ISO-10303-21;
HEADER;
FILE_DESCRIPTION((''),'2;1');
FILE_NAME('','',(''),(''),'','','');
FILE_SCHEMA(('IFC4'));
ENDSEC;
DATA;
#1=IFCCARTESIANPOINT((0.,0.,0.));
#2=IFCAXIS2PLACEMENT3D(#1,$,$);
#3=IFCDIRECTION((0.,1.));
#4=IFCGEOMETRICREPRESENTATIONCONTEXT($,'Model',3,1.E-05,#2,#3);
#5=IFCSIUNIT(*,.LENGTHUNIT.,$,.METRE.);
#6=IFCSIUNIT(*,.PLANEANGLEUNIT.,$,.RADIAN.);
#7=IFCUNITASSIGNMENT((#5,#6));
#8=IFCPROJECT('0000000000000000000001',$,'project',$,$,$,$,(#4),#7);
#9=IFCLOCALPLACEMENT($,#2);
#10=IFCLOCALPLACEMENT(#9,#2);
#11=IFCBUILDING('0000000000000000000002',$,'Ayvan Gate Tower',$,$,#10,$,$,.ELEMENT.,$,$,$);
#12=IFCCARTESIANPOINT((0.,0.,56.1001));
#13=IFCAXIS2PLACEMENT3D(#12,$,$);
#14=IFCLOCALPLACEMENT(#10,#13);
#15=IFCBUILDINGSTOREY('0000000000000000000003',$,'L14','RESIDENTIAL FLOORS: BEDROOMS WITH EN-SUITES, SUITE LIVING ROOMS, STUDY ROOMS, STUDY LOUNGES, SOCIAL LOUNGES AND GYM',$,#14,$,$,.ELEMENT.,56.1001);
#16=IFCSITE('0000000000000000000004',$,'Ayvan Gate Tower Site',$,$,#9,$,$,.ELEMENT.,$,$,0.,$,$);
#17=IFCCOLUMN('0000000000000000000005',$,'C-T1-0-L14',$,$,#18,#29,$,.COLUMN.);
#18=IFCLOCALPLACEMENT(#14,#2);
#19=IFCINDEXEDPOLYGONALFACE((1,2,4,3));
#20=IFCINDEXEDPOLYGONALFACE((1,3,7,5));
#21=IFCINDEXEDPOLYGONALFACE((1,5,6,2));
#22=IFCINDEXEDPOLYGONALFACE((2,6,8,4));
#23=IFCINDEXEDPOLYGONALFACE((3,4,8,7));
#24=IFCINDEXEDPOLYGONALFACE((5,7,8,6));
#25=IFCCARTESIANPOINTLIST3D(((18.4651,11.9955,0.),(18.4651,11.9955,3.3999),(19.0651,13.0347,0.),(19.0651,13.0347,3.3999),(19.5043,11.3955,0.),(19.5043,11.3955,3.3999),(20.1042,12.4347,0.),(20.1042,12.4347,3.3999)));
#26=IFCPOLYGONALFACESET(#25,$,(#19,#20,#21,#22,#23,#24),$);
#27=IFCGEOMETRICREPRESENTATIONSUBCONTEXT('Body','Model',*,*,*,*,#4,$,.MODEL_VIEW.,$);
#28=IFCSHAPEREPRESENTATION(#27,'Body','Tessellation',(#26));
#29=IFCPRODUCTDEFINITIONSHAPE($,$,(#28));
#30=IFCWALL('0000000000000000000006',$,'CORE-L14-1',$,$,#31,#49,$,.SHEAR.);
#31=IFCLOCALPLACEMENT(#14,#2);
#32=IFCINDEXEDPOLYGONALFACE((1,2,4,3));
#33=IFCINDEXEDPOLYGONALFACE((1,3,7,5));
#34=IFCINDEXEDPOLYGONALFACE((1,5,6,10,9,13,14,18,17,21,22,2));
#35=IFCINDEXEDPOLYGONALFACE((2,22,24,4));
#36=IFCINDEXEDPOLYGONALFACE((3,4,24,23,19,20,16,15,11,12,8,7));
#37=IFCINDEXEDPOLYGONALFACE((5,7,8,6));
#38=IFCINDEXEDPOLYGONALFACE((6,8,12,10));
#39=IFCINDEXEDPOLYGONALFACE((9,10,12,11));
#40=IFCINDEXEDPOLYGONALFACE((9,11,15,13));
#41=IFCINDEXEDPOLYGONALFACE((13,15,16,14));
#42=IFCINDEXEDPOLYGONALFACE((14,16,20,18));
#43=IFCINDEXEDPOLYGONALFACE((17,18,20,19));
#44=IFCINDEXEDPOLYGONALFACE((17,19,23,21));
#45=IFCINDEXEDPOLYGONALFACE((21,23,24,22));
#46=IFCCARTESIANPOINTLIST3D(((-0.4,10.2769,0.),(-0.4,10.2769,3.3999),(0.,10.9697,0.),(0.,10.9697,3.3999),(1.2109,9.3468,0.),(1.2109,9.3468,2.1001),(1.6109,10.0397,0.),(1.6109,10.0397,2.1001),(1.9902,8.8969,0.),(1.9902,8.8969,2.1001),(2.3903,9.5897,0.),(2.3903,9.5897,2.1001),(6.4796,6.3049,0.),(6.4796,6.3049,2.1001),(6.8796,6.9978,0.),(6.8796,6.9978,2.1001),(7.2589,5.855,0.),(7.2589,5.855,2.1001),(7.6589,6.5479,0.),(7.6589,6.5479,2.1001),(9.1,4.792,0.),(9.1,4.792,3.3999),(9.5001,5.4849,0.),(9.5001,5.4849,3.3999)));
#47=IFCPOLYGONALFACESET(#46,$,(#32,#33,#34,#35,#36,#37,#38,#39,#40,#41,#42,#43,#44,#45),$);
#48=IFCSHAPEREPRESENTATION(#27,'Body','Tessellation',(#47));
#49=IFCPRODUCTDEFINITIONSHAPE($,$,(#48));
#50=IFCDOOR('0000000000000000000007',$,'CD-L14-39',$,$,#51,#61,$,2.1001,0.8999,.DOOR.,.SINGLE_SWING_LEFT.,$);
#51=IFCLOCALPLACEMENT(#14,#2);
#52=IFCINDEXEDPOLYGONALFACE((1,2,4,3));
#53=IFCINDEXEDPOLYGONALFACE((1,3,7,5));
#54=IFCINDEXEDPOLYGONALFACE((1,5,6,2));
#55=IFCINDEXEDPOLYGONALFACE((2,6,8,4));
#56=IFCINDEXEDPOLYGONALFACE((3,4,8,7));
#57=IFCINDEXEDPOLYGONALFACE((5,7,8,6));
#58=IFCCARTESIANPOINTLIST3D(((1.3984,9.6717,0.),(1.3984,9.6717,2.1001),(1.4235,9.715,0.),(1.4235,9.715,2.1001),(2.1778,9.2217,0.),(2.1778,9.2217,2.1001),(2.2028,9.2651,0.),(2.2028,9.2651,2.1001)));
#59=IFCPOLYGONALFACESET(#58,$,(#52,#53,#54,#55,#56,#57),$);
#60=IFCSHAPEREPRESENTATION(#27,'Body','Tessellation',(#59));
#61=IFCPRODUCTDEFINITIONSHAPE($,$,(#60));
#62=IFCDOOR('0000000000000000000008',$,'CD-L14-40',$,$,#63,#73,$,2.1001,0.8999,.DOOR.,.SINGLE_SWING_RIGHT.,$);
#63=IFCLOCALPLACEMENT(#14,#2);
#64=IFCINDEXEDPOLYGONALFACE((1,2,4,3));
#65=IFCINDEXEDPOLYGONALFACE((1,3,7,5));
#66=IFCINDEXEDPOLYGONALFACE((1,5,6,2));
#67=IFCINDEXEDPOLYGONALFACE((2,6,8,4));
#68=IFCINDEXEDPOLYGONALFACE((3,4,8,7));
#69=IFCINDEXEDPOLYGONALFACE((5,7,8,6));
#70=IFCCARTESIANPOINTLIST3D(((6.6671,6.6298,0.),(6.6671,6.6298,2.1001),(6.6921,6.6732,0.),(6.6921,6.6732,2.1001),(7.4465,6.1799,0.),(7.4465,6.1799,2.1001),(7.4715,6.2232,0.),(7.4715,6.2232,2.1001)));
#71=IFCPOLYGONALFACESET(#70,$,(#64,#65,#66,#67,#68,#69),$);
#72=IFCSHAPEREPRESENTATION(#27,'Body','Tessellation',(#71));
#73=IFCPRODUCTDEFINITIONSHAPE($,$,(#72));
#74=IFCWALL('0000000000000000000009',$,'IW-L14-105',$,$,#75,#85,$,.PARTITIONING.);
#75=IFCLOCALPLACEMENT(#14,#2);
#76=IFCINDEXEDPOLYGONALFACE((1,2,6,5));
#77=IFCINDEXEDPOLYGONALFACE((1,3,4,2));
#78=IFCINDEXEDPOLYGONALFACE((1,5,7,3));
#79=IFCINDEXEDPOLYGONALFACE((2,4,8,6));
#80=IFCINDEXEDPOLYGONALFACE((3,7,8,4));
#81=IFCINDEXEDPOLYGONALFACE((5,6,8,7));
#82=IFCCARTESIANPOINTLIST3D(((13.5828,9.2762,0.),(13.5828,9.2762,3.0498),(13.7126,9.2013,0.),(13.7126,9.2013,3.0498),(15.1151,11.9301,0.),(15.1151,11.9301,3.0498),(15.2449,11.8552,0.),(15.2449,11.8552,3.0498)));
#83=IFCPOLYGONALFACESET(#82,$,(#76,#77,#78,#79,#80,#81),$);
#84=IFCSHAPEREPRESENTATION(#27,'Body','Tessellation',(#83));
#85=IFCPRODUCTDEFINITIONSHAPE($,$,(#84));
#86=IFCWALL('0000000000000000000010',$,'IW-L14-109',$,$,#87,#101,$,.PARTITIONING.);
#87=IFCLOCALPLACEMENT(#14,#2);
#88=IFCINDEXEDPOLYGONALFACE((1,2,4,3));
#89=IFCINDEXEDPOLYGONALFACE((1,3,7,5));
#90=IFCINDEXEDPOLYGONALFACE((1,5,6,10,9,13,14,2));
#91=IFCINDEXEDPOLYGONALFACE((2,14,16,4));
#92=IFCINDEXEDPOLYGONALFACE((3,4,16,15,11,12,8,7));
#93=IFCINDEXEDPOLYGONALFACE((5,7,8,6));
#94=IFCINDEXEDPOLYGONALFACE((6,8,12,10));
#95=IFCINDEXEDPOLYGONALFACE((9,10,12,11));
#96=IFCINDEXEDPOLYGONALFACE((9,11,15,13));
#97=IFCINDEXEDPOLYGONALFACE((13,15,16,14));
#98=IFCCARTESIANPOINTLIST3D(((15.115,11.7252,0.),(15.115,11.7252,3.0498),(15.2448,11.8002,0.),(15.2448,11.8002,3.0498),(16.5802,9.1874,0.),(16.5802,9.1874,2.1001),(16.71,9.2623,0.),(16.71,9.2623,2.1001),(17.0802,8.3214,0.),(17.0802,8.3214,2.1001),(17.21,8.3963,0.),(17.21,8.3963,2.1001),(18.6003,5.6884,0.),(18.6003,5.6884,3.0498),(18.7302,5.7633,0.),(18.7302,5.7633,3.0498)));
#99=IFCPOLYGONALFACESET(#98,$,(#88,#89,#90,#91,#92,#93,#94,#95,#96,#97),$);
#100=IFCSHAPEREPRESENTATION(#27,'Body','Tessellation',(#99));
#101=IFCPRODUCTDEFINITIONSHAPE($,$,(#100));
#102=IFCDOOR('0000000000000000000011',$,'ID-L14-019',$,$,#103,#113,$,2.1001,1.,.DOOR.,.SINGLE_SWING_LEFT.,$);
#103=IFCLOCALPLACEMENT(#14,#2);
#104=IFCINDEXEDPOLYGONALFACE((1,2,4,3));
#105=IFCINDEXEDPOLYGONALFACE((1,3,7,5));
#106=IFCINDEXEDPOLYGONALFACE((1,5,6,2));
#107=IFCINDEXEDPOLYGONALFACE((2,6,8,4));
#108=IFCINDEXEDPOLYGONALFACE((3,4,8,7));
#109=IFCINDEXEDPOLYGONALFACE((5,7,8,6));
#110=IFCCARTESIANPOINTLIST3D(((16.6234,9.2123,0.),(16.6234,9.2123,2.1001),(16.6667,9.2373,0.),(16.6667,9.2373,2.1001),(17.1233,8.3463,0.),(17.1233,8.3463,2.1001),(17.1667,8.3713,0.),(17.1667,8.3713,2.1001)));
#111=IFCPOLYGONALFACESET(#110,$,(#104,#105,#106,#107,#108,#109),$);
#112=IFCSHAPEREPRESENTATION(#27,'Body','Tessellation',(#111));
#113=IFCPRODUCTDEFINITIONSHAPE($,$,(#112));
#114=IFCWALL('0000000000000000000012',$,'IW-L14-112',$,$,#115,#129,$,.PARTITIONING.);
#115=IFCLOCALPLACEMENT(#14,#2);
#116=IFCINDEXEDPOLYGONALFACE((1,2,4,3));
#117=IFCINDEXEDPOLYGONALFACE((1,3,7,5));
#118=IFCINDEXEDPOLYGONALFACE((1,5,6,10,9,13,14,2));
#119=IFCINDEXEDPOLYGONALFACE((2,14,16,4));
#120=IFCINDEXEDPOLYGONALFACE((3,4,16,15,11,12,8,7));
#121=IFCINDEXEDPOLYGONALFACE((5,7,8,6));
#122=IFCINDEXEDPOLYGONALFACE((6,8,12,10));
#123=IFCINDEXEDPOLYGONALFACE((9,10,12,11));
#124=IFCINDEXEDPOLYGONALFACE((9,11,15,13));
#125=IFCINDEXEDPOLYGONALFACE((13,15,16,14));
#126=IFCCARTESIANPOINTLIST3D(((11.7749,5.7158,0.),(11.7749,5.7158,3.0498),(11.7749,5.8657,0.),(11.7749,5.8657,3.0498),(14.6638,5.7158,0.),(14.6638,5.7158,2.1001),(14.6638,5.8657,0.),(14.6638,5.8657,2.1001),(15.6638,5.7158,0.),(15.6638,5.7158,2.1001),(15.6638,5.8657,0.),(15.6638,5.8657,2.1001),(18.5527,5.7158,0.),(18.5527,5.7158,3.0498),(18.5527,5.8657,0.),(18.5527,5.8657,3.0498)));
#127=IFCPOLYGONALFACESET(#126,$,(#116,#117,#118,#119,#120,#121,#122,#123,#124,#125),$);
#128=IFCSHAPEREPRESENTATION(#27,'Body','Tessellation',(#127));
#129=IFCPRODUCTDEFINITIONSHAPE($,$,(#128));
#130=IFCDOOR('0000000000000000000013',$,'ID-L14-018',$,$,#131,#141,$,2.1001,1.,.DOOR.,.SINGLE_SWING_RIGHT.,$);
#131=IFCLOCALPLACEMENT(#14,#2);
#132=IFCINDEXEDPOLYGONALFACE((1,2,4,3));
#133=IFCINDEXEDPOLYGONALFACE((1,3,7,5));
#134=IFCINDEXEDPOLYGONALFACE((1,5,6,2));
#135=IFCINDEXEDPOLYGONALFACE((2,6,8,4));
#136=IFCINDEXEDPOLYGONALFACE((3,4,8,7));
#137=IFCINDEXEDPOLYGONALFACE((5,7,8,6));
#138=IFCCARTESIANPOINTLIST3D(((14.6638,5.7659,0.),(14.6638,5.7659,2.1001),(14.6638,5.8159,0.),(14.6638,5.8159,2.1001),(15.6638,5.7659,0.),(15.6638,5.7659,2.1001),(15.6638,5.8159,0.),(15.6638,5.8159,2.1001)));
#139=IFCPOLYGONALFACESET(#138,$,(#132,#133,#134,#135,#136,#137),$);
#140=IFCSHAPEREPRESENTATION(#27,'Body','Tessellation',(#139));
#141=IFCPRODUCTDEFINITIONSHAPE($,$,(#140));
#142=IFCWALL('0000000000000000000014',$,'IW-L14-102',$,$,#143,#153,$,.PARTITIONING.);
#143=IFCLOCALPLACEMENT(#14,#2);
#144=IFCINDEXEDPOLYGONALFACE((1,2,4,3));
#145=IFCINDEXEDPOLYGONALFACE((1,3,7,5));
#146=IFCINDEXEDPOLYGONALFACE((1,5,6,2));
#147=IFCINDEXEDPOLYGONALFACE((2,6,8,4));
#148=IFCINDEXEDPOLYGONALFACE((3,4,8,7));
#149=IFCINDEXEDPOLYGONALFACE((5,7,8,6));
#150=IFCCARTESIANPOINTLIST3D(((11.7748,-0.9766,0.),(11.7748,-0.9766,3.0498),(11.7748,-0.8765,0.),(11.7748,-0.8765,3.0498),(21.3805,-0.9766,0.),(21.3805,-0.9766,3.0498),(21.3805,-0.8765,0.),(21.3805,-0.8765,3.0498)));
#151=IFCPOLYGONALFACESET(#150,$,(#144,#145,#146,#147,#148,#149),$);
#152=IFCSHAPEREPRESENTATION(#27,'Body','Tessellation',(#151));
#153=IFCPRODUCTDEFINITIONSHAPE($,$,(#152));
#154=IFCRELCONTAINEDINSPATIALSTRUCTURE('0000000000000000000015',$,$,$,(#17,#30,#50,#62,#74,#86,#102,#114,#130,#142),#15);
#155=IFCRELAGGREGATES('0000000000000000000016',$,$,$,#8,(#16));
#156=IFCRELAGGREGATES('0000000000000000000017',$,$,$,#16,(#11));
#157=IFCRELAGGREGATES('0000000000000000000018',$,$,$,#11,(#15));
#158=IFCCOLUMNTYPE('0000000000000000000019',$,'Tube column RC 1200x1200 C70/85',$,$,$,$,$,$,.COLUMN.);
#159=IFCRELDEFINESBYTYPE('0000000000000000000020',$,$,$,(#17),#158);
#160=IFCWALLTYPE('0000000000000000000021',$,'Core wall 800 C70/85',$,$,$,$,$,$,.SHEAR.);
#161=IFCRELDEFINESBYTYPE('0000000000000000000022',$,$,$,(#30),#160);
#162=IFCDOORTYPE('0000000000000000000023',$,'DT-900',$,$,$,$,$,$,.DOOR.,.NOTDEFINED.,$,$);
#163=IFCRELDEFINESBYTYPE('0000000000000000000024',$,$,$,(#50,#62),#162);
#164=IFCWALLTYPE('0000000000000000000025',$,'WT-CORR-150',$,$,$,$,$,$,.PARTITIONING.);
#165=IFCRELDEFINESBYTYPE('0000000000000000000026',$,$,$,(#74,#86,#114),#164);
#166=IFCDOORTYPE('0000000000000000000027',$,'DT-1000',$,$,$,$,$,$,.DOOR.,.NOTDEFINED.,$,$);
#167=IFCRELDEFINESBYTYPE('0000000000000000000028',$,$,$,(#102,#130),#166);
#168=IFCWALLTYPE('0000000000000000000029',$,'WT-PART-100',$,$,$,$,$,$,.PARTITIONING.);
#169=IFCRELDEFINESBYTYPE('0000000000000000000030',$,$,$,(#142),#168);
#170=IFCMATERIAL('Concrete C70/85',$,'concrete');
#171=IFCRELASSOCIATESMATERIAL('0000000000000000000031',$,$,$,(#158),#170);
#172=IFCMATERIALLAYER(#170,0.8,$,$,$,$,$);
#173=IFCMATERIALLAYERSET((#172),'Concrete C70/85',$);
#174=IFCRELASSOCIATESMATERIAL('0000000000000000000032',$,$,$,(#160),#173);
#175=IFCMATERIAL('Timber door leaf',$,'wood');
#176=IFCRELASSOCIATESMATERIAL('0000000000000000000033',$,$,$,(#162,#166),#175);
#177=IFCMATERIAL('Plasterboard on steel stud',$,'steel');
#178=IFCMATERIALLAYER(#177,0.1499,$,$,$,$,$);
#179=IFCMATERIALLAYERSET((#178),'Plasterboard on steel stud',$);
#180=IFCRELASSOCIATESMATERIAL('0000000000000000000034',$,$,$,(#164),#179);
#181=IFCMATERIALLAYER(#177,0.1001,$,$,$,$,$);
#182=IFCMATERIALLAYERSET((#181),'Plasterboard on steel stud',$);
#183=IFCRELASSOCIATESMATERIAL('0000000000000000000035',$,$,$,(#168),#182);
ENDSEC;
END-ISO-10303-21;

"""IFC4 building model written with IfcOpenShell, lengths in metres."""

from ifc_helpers import new_model, si_unit, direction, frame, frame_2d, origin, origin_2d, place, context, subcontext, project, spatial, rectangle, extrude, material, layer, layer_set, material_profile, profile_set, type_object, element, fill, save


model = new_model("IFC4")

# Units and contexts
model_context = context("Model", 3, precision=1e-05, world=origin(), true_north=direction((0.0, 1.0)))
body_context = subcontext(model_context, "Body", "Model", "MODEL_VIEW")
ifc_project = project(units=[si_unit("LENGTHUNIT", "METRE"), si_unit("PLANEANGLEUNIT", "RADIAN")], contexts=[model_context])

# Site, building, storey
site_placement = place(None, origin())
site = spatial("IfcSite", under=ifc_project, at=site_placement, Name="Ayvan Gate Tower Site", CompositionType="ELEMENT", RefElevation=0.0)
building_placement = place(site_placement, origin())
building = spatial("IfcBuilding", under=site, at=building_placement, Name="Ayvan Gate Tower", CompositionType="ELEMENT")
storey_placement = place(building_placement, frame((0.0, 0.0, 56.1001)))
storey = spatial("IfcBuildingStorey", under=building, at=storey_placement, Name="L14", Description="RESIDENTIAL FLOORS: BEDROOMS WITH EN-SUITES, SUITE LIVING ROOMS, STUDY ROOMS, STUDY LOUNGES, SOCIAL LOUNGES AND GYM", CompositionType="ELEMENT", Elevation=56.1001)

# Column
ifc_material_1 = material(Name="Concrete C70/85", Category="concrete")
ifc_material_profile = material_profile(ifc_material_1, rectangle(XDim=1.2, YDim=1.2, at=origin_2d()), Name="RC 1200x1200")
ifc_profile_set = profile_set([ifc_material_profile], Name="Concrete C70/85")
column_type = type_object("IfcColumnType", Name="Tube column RC 1200x1200 C70/85", PredefinedType="COLUMN", material=ifc_profile_set)
column_placement = place(storey_placement, frame((19.2847, 12.2151, 0.0), z_axis=(0.0, 0.0, 1.0), x_axis=(0.5, 0.866025, 0.0)))
element("IfcColumn", 1, at=column_placement, inside=storey, type_object=column_type, Name="C-T1-0-L14", PredefinedType="COLUMN", context=body_context, shape_type="SweptSolid", body=[
    extrude(rectangle(XDim=1.2, YDim=1.2, at=origin_2d()), origin(), (0.0, 0.0, 1.0), 3.3999),
])

# Wall, openings, doors
ifc_layer_1 = layer(ifc_material_1, 0.8)
ifc_layer_set_1 = layer_set([ifc_layer_1], Name="Concrete C70/85")
wall_type_1 = type_object("IfcWallType", Name="Core wall 800 C70/85", PredefinedType="SHEAR", material=ifc_layer_set_1)
wall_1_placement = place(storey_placement, frame((9.3, 5.1384, 0.0), z_axis=(0.0, 0.0, 1.0), x_axis=(-0.866024, 0.500002, 0.0)))
wall_1 = element("IfcWall", 2, at=wall_1_placement, inside=storey, type_object=wall_type_1, Name="CORE-L14-1", PredefinedType="SHEAR", context=body_context, shape_type="SweptSolid", body=[
    extrude(rectangle(XDim=10.9697, YDim=0.8, at=frame_2d((5.4849, 0.0))), origin(), (0.0, 0.0, 1.0), 3.3999),
])
opening_1_placement = place(wall_1_placement, frame((8.2097, 0.0, 0.0)))
opening_1 = element("IfcOpeningElement", 3, at=opening_1_placement, cuts=wall_1, PredefinedType="OPENING", context=body_context, shape_type="SweptSolid", body=[
    extrude(rectangle(XDim=0.8999, YDim=2.1001, at=frame_2d((0.45, 1.05))), frame((0.0, 0.4099, 0.0), z_axis=(0.0, -1.0, 0.0), x_axis=(1.0, 0.0, 0.0)), (0.0, 0.0, 1.0), 0.8201),
])
opening_2_placement = place(wall_1_placement, frame((2.126, 0.0, 0.0)))
opening_2 = element("IfcOpeningElement", 4, at=opening_2_placement, cuts=wall_1, PredefinedType="OPENING", context=body_context, shape_type="SweptSolid", body=[
    extrude(rectangle(XDim=0.8999, YDim=2.1001, at=frame_2d((0.45, 1.05))), frame((0.0, 0.4099, 0.0), z_axis=(0.0, -1.0, 0.0), x_axis=(1.0, 0.0, 0.0)), (0.0, 0.0, 1.0), 0.8201),
])
ifc_material_2 = material(Name="Timber door leaf", Category="wood")
door_type_1 = type_object("IfcDoorType", Name="DT-900", OperationType="NOTDEFINED", PredefinedType="DOOR", material=ifc_material_2)
door_1_placement = place(opening_1_placement, origin())
door_1 = element("IfcDoor", 5, at=door_1_placement, inside=storey, type_object=door_type_1, Name="CD-L14-39", OperationType="SINGLE_SWING_LEFT", OverallHeight=2.1001, OverallWidth=0.8999, PredefinedType="DOOR", context=body_context, shape_type="SweptSolid", body=[
    extrude(rectangle(XDim=0.8999, YDim=2.1001, at=frame_2d((0.45, 1.05))), frame((0.0, 0.0249, 0.0), z_axis=(0.0, -1.0, 0.0), x_axis=(1.0, 0.0, 0.0)), (0.0, 0.0, 1.0), 0.05),
])
fill(opening_1, door_1)
door_2_placement = place(opening_2_placement, origin())
door_2 = element("IfcDoor", 6, at=door_2_placement, inside=storey, type_object=door_type_1, Name="CD-L14-40", OperationType="SINGLE_SWING_RIGHT", OverallHeight=2.1001, OverallWidth=0.8999, PredefinedType="DOOR", context=body_context, shape_type="SweptSolid", body=[
    extrude(rectangle(XDim=0.8999, YDim=2.1001, at=frame_2d((0.45, 1.05))), frame((0.0, 0.0249, 0.0), z_axis=(0.0, -1.0, 0.0), x_axis=(1.0, 0.0, 0.0)), (0.0, 0.0, 1.0), 0.05),
])
fill(opening_2, door_2)

# Wall
ifc_material_3 = material(Name="Plasterboard on steel stud", Category="steel")
ifc_layer_2 = layer(ifc_material_3, 0.1499)
ifc_layer_set_2 = layer_set([ifc_layer_2], Name="Plasterboard on steel stud")
wall_type_2 = type_object("IfcWallType", Name="WT-CORR-150", PredefinedType="PARTITIONING", material=ifc_layer_set_2)
wall_2_placement = place(storey_placement, frame((13.6477, 9.2388, 0.0), z_axis=(0.0, 0.0, 1.0), x_axis=(0.500012, 0.866018, 0.0)))
element("IfcWall", 7, at=wall_2_placement, inside=storey, type_object=wall_type_2, Name="IW-L14-105", PredefinedType="PARTITIONING", context=body_context, shape_type="SweptSolid", body=[
    extrude(rectangle(XDim=3.0645, YDim=0.1499, at=frame_2d((1.5322, 0.0))), origin(), (0.0, 0.0, 1.0), 3.0498),
])

# Walls, openings, doors
wall_3_placement = place(storey_placement, frame((15.1799, 11.7627, 0.0), z_axis=(0.0, 0.0, 1.0), x_axis=(0.499996, -0.866028, 0.0)))
wall_3 = element("IfcWall", 8, at=wall_3_placement, inside=storey, type_object=wall_type_2, Name="IW-L14-109", PredefinedType="PARTITIONING", context=body_context, shape_type="SweptSolid", body=[
    extrude(rectangle(XDim=6.9707, YDim=0.1499, at=frame_2d((3.4854, 0.0))), origin(), (0.0, 0.0, 1.0), 3.0498),
])
opening_3_placement = place(wall_3_placement, frame((2.9304, 0.0, 0.0)))
opening_3 = element("IfcOpeningElement", 9, at=opening_3_placement, cuts=wall_3, PredefinedType="OPENING", context=body_context, shape_type="SweptSolid", body=[
    extrude(rectangle(XDim=1.0, YDim=2.1001, at=frame_2d((0.5, 1.05))), frame((0.0, 0.085, 0.0), z_axis=(0.0, -1.0, 0.0), x_axis=(1.0, 0.0, 0.0)), (0.0, 0.0, 1.0), 0.1699),
])
door_type_2 = type_object("IfcDoorType", Name="DT-1000", OperationType="NOTDEFINED", PredefinedType="DOOR", material=ifc_material_2)
door_3_placement = place(opening_3_placement, origin())
door_3 = element("IfcDoor", 10, at=door_3_placement, inside=storey, type_object=door_type_2, Name="ID-L14-019", OperationType="SINGLE_SWING_LEFT", OverallHeight=2.1001, OverallWidth=1.0, PredefinedType="DOOR", context=body_context, shape_type="SweptSolid", body=[
    extrude(rectangle(XDim=1.0, YDim=2.1001, at=frame_2d((0.5, 1.05))), frame((0.0, 0.0249, 0.0), z_axis=(0.0, -1.0, 0.0), x_axis=(1.0, 0.0, 0.0)), (0.0, 0.0, 1.0), 0.05),
])
fill(opening_3, door_3)
wall_4_placement = place(storey_placement, frame((18.5527, 5.7908, 0.0), z_axis=(0.0, 0.0, 1.0), x_axis=(-1.0, 0.0, 0.0)))
wall_4 = element("IfcWall", 11, at=wall_4_placement, inside=storey, type_object=wall_type_2, Name="IW-L14-112", PredefinedType="PARTITIONING", context=body_context, shape_type="SweptSolid", body=[
    extrude(rectangle(XDim=6.7778, YDim=0.1499, at=frame_2d((3.3889, 0.0))), origin(), (0.0, 0.0, 1.0), 3.0498),
])
opening_4_placement = place(wall_4_placement, frame((2.8889, 0.0, 0.0)))
opening_4 = element("IfcOpeningElement", 12, at=opening_4_placement, cuts=wall_4, PredefinedType="OPENING", context=body_context, shape_type="SweptSolid", body=[
    extrude(rectangle(XDim=1.0, YDim=2.1001, at=frame_2d((0.5, 1.05))), frame((0.0, 0.085, 0.0), z_axis=(0.0, -1.0, 0.0), x_axis=(1.0, 0.0, 0.0)), (0.0, 0.0, 1.0), 0.1699),
])
door_4_placement = place(opening_4_placement, origin())
door_4 = element("IfcDoor", 13, at=door_4_placement, inside=storey, type_object=door_type_2, Name="ID-L14-018", OperationType="SINGLE_SWING_RIGHT", OverallHeight=2.1001, OverallWidth=1.0, PredefinedType="DOOR", context=body_context, shape_type="SweptSolid", body=[
    extrude(rectangle(XDim=1.0, YDim=2.1001, at=frame_2d((0.5, 1.05))), frame((0.0, 0.0249, 0.0), z_axis=(0.0, -1.0, 0.0), x_axis=(1.0, 0.0, 0.0)), (0.0, 0.0, 1.0), 0.05),
])
fill(opening_4, door_4)

# Wall
ifc_layer_3 = layer(ifc_material_3, 0.1001)
ifc_layer_set_3 = layer_set([ifc_layer_3], Name="Plasterboard on steel stud")
wall_type_3 = type_object("IfcWallType", Name="WT-PART-100", PredefinedType="PARTITIONING", material=ifc_layer_set_3)
wall_5_placement = place(storey_placement, frame((11.7749, -0.9265, 0.0), z_axis=(0.0, 0.0, 1.0), x_axis=(1.0, 0.0, 0.0)))
element("IfcWall", 14, at=wall_5_placement, inside=storey, type_object=wall_type_3, Name="IW-L14-102", PredefinedType="PARTITIONING", context=body_context, shape_type="SweptSolid", body=[
    extrude(rectangle(XDim=9.6057, YDim=0.1001, at=frame_2d((4.8027, 0.0))), origin(), (0.0, 0.0, 1.0), 3.0498),
])

save(model, "model.ifc")
